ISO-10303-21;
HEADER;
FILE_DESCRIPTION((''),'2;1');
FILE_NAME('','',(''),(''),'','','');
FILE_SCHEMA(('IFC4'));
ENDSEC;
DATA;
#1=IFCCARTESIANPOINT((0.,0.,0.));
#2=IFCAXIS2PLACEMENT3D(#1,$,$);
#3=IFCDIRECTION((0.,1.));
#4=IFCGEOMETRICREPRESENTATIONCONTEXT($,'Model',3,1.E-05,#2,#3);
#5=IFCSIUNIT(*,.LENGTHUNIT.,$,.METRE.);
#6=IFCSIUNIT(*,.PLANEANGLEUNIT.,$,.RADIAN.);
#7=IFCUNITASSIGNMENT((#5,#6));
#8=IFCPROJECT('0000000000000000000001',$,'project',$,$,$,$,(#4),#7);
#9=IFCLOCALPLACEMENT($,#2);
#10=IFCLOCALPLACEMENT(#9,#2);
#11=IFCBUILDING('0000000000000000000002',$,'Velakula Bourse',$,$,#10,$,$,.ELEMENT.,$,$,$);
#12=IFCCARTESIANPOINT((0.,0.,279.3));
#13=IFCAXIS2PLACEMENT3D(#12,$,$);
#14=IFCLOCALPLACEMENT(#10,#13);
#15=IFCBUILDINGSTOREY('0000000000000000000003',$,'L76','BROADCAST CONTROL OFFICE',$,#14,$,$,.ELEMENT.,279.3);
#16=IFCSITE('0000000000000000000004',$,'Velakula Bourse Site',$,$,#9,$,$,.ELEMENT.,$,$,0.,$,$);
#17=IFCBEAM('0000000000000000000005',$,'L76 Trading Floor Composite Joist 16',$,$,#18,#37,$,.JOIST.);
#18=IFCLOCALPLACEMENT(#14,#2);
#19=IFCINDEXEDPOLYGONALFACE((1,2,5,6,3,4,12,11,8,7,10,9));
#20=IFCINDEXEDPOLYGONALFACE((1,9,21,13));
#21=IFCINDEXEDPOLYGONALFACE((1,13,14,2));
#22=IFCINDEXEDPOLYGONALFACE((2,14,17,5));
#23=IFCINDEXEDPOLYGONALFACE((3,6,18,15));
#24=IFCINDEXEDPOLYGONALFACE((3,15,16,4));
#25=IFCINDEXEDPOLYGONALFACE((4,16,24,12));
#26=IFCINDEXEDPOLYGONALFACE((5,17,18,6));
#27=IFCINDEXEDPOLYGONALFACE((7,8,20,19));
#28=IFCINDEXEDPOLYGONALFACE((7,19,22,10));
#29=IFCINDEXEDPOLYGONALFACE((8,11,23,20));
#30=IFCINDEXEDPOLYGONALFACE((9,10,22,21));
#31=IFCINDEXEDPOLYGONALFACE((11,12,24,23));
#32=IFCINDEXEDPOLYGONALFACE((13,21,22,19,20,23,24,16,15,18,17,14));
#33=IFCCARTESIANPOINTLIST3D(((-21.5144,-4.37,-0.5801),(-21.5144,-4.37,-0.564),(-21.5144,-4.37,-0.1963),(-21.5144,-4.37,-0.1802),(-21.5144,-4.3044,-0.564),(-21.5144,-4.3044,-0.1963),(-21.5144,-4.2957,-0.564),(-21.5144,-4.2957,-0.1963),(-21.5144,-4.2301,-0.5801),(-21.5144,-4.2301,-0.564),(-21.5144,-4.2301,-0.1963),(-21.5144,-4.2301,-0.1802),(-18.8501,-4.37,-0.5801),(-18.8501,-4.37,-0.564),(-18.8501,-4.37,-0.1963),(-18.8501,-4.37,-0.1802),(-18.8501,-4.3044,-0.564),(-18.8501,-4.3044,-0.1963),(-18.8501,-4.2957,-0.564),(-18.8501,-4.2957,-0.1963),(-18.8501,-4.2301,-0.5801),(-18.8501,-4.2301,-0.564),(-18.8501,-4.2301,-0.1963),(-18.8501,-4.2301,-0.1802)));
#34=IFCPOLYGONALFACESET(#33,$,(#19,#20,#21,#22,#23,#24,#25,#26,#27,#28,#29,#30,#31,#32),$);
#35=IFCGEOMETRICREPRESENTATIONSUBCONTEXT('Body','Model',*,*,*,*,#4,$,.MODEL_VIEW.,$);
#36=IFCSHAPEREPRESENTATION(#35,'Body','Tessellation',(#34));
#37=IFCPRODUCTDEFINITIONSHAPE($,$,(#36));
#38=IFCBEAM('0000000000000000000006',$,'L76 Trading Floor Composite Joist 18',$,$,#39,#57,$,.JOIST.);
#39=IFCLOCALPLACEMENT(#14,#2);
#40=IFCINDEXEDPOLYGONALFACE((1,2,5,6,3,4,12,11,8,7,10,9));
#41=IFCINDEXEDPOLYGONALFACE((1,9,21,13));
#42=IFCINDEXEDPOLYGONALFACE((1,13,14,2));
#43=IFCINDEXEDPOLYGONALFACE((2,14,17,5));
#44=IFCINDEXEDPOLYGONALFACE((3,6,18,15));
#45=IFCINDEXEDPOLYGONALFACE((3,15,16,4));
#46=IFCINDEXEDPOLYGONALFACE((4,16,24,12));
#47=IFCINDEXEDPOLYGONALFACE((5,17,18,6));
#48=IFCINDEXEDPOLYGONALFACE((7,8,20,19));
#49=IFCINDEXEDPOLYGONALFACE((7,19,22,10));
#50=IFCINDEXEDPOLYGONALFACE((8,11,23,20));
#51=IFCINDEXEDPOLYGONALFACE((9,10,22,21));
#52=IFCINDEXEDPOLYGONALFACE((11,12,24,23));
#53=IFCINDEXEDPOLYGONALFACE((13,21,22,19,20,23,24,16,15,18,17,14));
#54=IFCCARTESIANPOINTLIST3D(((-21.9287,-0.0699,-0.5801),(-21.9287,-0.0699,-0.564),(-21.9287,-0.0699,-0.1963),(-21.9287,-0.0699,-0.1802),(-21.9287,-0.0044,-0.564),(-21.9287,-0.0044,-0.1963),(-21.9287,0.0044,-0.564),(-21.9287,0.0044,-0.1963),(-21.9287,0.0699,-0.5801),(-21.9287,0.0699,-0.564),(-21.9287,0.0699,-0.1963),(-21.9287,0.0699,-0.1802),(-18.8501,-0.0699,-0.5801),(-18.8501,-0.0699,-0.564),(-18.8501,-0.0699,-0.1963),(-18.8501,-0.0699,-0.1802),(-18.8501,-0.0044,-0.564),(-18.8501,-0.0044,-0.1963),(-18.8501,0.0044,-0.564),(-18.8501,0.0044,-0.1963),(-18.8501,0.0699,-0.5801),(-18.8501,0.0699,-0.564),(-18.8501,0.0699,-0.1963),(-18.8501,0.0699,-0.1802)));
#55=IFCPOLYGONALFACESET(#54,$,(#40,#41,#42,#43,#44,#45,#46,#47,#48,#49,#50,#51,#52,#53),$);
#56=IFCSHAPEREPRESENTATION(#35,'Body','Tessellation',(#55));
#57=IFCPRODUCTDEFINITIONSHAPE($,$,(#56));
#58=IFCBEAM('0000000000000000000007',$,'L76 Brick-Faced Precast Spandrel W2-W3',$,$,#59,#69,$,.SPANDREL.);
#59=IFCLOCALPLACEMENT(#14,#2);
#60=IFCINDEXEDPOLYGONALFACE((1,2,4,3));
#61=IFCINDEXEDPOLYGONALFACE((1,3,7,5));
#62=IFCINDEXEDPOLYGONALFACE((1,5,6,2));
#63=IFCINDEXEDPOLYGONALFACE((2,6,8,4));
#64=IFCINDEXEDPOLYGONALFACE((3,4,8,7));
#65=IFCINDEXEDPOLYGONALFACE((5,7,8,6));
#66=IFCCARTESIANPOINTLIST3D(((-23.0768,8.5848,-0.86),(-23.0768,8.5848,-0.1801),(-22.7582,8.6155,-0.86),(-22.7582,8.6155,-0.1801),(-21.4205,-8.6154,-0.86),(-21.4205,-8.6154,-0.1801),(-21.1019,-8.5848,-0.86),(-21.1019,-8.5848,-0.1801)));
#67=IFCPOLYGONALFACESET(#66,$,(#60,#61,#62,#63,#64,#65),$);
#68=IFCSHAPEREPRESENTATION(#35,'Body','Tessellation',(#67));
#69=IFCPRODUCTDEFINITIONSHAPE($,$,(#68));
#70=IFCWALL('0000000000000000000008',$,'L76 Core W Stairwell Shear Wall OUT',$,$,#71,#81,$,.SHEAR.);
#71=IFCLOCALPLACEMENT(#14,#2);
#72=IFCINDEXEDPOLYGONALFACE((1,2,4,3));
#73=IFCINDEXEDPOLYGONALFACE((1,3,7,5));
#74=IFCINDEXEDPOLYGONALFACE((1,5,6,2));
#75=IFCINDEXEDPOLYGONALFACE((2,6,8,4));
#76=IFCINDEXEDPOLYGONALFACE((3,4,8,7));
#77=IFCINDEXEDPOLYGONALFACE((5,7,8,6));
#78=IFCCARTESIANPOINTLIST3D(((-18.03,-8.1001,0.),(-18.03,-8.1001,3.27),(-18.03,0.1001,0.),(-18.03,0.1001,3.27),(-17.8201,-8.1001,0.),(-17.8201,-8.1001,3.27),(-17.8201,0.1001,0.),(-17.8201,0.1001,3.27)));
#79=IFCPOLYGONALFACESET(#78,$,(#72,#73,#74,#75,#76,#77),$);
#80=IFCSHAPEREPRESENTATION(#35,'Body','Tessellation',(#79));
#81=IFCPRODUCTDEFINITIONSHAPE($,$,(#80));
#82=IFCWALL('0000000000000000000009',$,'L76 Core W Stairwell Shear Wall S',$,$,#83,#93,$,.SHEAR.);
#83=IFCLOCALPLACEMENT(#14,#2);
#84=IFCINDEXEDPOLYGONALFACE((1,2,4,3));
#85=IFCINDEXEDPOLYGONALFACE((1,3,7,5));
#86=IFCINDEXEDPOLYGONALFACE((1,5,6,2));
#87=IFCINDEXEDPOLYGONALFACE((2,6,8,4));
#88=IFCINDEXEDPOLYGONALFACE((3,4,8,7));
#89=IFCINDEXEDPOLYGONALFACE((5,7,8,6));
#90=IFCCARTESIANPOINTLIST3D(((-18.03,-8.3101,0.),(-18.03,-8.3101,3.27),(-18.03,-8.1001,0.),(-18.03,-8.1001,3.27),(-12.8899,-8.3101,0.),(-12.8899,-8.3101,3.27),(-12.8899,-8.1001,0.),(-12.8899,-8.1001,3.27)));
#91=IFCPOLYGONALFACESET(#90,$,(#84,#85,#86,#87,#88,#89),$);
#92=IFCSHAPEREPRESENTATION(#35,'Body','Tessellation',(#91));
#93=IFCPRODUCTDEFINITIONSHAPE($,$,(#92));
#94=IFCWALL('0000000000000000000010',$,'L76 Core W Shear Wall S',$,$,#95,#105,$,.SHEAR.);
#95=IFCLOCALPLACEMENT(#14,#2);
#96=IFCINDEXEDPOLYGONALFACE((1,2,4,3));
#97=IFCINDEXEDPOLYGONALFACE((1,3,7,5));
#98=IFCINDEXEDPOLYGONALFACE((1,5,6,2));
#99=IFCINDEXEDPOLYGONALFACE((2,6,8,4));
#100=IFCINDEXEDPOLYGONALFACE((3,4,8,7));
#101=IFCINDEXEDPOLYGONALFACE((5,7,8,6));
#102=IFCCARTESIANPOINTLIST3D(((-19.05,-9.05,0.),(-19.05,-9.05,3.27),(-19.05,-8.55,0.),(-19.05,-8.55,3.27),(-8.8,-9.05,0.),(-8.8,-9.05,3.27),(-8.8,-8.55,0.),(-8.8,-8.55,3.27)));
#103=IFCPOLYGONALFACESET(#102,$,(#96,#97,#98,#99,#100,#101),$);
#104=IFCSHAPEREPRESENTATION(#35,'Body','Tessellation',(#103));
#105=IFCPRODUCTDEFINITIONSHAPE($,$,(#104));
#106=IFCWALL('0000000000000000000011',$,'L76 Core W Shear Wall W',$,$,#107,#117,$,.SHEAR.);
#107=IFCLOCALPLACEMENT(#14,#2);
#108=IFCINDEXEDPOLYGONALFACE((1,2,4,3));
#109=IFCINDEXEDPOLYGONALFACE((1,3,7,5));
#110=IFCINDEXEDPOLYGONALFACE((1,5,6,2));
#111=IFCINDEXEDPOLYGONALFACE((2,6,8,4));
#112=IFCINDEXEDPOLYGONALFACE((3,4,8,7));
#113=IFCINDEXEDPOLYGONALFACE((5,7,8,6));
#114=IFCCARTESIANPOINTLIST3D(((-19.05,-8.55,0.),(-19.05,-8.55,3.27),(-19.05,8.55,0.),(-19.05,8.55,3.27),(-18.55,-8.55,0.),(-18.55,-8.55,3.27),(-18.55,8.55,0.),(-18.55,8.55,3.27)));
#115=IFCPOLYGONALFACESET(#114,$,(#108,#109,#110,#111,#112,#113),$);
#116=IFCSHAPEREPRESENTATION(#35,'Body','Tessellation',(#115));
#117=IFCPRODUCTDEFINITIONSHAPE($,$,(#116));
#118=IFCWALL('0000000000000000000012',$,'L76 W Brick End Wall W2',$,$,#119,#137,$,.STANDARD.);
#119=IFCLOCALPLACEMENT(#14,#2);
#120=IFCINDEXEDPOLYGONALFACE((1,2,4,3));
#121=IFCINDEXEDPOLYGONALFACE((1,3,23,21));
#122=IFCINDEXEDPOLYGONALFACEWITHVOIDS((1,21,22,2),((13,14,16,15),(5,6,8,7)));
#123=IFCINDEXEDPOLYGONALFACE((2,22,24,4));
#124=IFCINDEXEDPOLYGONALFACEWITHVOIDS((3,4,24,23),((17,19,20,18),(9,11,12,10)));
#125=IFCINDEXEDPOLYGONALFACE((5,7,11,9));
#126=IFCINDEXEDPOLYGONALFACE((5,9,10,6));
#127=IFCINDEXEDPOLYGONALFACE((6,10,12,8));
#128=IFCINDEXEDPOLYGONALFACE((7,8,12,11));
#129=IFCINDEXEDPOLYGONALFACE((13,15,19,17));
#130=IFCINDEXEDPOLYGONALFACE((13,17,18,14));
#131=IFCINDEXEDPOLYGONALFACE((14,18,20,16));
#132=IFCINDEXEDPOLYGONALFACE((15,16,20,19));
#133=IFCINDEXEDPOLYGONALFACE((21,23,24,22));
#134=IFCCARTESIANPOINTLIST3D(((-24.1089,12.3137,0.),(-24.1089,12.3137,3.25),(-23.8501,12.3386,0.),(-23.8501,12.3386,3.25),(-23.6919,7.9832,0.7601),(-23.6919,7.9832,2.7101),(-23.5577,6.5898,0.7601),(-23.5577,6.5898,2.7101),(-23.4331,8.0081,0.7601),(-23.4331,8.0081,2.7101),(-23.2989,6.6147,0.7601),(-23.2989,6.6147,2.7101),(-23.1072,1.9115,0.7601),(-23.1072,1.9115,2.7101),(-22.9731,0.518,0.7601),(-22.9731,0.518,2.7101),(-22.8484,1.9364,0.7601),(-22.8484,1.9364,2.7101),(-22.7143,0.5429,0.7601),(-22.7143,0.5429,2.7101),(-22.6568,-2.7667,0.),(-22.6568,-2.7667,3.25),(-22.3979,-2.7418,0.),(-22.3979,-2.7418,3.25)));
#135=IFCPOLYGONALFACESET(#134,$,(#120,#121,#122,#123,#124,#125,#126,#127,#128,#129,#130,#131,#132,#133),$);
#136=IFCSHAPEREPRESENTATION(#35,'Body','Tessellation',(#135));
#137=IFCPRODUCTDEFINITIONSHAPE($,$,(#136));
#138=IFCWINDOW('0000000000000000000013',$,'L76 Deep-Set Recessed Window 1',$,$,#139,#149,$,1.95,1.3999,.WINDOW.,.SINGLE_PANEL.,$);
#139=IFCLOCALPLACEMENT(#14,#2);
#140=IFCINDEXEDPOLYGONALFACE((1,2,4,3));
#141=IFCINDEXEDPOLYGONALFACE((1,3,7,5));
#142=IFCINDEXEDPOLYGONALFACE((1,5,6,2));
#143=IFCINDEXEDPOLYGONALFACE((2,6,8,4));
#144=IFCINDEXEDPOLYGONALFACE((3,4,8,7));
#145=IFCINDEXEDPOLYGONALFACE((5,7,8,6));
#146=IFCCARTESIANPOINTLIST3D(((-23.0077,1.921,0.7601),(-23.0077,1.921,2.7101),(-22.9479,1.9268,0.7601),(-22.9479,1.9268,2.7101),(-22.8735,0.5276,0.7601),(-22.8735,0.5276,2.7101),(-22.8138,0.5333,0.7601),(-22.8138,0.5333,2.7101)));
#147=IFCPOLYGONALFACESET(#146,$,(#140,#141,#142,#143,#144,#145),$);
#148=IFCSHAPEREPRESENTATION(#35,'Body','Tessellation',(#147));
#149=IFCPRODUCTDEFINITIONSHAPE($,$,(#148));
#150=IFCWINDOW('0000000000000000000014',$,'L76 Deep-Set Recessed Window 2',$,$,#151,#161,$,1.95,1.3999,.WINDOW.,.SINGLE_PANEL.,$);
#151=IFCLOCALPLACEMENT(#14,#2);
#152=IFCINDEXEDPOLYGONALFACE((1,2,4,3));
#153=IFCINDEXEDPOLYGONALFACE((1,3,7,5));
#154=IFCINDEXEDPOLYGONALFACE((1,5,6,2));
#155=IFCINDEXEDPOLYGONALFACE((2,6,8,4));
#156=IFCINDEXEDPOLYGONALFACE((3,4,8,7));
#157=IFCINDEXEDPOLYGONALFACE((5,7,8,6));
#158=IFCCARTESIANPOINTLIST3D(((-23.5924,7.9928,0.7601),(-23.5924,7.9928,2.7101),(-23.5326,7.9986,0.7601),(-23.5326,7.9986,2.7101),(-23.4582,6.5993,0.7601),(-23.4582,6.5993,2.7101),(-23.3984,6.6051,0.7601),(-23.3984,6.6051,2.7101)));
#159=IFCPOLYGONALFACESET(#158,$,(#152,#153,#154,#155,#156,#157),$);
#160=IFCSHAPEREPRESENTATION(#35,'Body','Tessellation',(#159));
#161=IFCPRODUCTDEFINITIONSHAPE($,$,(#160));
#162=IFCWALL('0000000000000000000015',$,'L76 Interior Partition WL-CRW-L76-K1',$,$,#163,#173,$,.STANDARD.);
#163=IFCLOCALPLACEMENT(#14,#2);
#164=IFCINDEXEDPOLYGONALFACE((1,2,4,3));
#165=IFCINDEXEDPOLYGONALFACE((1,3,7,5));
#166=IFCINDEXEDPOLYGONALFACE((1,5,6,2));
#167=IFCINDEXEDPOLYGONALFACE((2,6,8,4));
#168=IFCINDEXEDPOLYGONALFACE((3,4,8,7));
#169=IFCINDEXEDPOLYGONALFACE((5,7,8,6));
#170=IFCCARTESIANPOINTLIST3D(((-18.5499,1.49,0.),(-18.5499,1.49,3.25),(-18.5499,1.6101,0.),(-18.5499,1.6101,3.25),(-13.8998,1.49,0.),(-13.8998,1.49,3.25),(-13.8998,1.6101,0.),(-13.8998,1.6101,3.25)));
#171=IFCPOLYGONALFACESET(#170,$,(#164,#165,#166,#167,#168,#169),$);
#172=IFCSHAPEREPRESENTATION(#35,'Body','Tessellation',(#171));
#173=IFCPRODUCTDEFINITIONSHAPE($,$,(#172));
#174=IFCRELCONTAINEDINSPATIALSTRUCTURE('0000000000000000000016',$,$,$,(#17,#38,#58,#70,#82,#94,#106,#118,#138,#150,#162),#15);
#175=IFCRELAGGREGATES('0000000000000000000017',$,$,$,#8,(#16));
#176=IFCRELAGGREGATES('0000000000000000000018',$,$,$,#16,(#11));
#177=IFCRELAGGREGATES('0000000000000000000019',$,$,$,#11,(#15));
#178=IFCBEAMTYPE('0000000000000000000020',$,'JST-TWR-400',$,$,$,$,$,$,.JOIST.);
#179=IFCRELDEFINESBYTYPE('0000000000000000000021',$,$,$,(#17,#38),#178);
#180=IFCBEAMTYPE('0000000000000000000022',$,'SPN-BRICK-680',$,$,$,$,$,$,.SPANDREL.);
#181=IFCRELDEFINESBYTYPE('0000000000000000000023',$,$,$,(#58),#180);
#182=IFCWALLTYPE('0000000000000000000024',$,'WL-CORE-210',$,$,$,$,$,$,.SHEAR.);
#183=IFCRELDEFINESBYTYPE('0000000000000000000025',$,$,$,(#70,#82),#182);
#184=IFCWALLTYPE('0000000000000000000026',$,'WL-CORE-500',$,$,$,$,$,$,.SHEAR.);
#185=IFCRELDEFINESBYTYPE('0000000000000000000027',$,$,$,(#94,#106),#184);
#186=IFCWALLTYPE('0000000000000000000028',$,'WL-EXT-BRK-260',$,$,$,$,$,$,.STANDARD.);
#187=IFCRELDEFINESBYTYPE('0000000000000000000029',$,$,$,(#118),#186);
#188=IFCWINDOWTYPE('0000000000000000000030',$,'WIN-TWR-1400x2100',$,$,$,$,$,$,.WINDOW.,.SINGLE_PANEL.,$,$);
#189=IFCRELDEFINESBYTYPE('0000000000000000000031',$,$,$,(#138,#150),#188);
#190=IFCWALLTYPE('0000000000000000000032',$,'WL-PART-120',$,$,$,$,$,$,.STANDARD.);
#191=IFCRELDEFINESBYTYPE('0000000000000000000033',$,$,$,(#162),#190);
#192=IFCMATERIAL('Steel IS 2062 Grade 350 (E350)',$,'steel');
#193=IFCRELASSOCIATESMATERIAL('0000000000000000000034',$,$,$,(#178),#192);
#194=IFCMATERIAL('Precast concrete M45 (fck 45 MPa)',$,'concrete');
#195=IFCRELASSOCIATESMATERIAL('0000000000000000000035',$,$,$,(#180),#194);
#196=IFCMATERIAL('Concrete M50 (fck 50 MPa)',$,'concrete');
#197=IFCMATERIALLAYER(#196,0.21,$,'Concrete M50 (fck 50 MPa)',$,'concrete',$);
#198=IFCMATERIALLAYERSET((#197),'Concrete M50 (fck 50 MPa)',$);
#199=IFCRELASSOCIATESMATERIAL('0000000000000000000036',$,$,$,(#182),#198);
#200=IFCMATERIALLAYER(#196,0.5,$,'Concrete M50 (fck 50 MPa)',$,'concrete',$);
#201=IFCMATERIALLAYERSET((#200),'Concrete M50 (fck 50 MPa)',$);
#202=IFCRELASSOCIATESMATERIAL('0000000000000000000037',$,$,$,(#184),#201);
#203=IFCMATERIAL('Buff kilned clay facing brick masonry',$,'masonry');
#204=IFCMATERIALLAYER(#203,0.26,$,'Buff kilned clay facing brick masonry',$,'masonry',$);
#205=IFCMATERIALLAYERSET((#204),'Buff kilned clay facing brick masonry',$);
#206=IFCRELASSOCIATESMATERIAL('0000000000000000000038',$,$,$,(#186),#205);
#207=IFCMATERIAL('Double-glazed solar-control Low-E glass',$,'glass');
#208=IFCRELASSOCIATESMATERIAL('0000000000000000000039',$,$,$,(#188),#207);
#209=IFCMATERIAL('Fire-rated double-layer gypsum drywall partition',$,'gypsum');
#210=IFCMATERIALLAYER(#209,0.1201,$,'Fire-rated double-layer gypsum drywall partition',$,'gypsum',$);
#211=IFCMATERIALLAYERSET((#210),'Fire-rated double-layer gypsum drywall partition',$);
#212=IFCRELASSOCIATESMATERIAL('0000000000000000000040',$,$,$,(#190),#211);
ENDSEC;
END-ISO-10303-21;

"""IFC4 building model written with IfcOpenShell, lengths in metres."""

from ifc_helpers import new_model, si_unit, direction, frame, frame_2d, origin, origin_2d, place, context, subcontext, project, spatial, rectangle, i_section, extrude, material, layer, layer_set, material_profile, profile_set, type_object, element, fill, save


model = new_model("IFC4")

# Units and contexts
model_context = context("Model", 3, precision=1e-05, world=origin(), true_north=direction((0.0, 1.0)))
body_context = subcontext(model_context, "Body", "Model", "MODEL_VIEW")
ifc_project = project(units=[si_unit("LENGTHUNIT", "METRE"), si_unit("PLANEANGLEUNIT", "RADIAN")], contexts=[model_context])

# Site, building, storey
site_placement = place(None, origin())
site = spatial("IfcSite", under=ifc_project, at=site_placement, Name="Velakula Bourse Site", CompositionType="ELEMENT", RefElevation=0.0)
building_placement = place(site_placement, origin())
building = spatial("IfcBuilding", under=site, at=building_placement, Name="Velakula Bourse", CompositionType="ELEMENT")
storey_placement = place(building_placement, frame((0.0, 0.0, 279.3)))
storey = spatial("IfcBuildingStorey", under=building, at=storey_placement, Name="L76", Description="BROADCAST CONTROL OFFICE", CompositionType="ELEMENT", Elevation=279.3)

# Shared definitions
ifc_material_1 = material(Name="Concrete M50 (fck 50 MPa)", Category="concrete")
ifc_material_2 = material(Name="Steel IS 2062 Grade 350 (E350)", Category="steel")

# Beams
ifc_material_profile_1 = material_profile(ifc_material_2, i_section(OverallWidth=0.1399, OverallDepth=0.3999, WebThickness=0.0088, FlangeThickness=0.0161, at=origin_2d()), Name="Steel IS 2062 Grade 350 (E350)")
ifc_profile_set_1 = profile_set([ifc_material_profile_1], Name="Steel IS 2062 Grade 350 (E350)")
beam_type_1 = type_object("IfcBeamType", Name="JST-TWR-400", PredefinedType="JOIST", material=ifc_profile_set_1)
beam_1_placement = place(storey_placement, frame((-21.5144, -4.3, -0.3801), z_axis=(1.0, 0.0, 0.0), x_axis=(0.0, 1.0, 0.0)))
element("IfcBeam", 1, at=beam_1_placement, inside=storey, type_object=beam_type_1, Name="L76 Trading Floor Composite Joist 16", PredefinedType="JOIST", context=body_context, shape_type="SweptSolid", body=[
    extrude(i_section(OverallWidth=0.1399, OverallDepth=0.3999, WebThickness=0.0088, FlangeThickness=0.0161, at=origin_2d()), origin(), (0.0, 0.0, 1.0), 2.6643),
])
beam_2_placement = place(storey_placement, frame((-21.9287, 0.0, -0.3801), z_axis=(1.0, 0.0, 0.0), x_axis=(0.0, 1.0, 0.0)))
element("IfcBeam", 2, at=beam_2_placement, inside=storey, type_object=beam_type_1, Name="L76 Trading Floor Composite Joist 18", PredefinedType="JOIST", context=body_context, shape_type="SweptSolid", body=[
    extrude(i_section(OverallWidth=0.1399, OverallDepth=0.3999, WebThickness=0.0088, FlangeThickness=0.0161, at=origin_2d()), origin(), (0.0, 0.0, 1.0), 3.0786),
])
ifc_material_3 = material(Name="Precast concrete M45 (fck 45 MPa)", Category="concrete")
ifc_material_profile_2 = material_profile(ifc_material_3, rectangle(XDim=0.3201, YDim=0.6799, at=origin_2d()), Name="Precast concrete M45 (fck 45 MPa)")
ifc_profile_set_2 = profile_set([ifc_material_profile_2], Name="Precast concrete M45 (fck 45 MPa)")
beam_type_2 = type_object("IfcBeamType", Name="SPN-BRICK-680", PredefinedType="SPANDREL", material=ifc_profile_set_2)
beam_3_placement = place(storey_placement, frame((-21.2612, -8.6001, -0.52), z_axis=(-0.095849, 0.995396, 0.0), x_axis=(-0.995396, -0.095849, 0.0)))
element("IfcBeam", 3, at=beam_3_placement, inside=storey, type_object=beam_type_2, Name="L76 Brick-Faced Precast Spandrel W2-W3", PredefinedType="SPANDREL", context=body_context, shape_type="SweptSolid", body=[
    extrude(rectangle(XDim=0.3201, YDim=0.6799, at=origin_2d()), origin(), (0.0, 0.0, 1.0), 17.2798),
])

# Walls
ifc_layer_1 = layer(ifc_material_1, 0.21, Name="Concrete M50 (fck 50 MPa)", Category="concrete")
ifc_layer_set_1 = layer_set([ifc_layer_1], Name="Concrete M50 (fck 50 MPa)")
wall_type_1 = type_object("IfcWallType", Name="WL-CORE-210", PredefinedType="SHEAR", material=ifc_layer_set_1)
wall_1_placement = place(storey_placement, frame((-17.925, -8.1001, 0.0), z_axis=(0.0, 0.0, 1.0), x_axis=(0.0, 1.0, 0.0)))
element("IfcWall", 4, at=wall_1_placement, inside=storey, type_object=wall_type_1, Name="L76 Core W Stairwell Shear Wall OUT", PredefinedType="SHEAR", context=body_context, shape_type="SweptSolid", body=[
    extrude(rectangle(XDim=8.2002, YDim=0.21, at=frame_2d((4.1001, 0.0))), origin(), (0.0, 0.0, 1.0), 3.27),
])
wall_2_placement = place(storey_placement, frame((-18.03, -8.2051, 0.0), z_axis=(0.0, 0.0, 1.0), x_axis=(1.0, 0.0, 0.0)))
element("IfcWall", 5, at=wall_2_placement, inside=storey, type_object=wall_type_1, Name="L76 Core W Stairwell Shear Wall S", PredefinedType="SHEAR", context=body_context, shape_type="SweptSolid", body=[
    extrude(rectangle(XDim=5.1401, YDim=0.21, at=frame_2d((2.5701, 0.0))), origin(), (0.0, 0.0, 1.0), 3.27),
])
ifc_layer_2 = layer(ifc_material_1, 0.5, Name="Concrete M50 (fck 50 MPa)", Category="concrete")
ifc_layer_set_2 = layer_set([ifc_layer_2], Name="Concrete M50 (fck 50 MPa)")
wall_type_2 = type_object("IfcWallType", Name="WL-CORE-500", PredefinedType="SHEAR", material=ifc_layer_set_2)
wall_3_placement = place(storey_placement, frame((-19.05, -8.8, 0.0), z_axis=(0.0, 0.0, 1.0), x_axis=(1.0, 0.0, 0.0)))
element("IfcWall", 6, at=wall_3_placement, inside=storey, type_object=wall_type_2, Name="L76 Core W Shear Wall S", PredefinedType="SHEAR", context=body_context, shape_type="SweptSolid", body=[
    extrude(rectangle(XDim=10.25, YDim=0.5, at=frame_2d((5.125, 0.0))), origin(), (0.0, 0.0, 1.0), 3.27),
])
wall_4_placement = place(storey_placement, frame((-18.8, -8.55, 0.0), z_axis=(0.0, 0.0, 1.0), x_axis=(0.0, 1.0, 0.0)))
element("IfcWall", 7, at=wall_4_placement, inside=storey, type_object=wall_type_2, Name="L76 Core W Shear Wall W", PredefinedType="SHEAR", context=body_context, shape_type="SweptSolid", body=[
    extrude(rectangle(XDim=17.1001, YDim=0.5, at=frame_2d((8.55, 0.0))), origin(), (0.0, 0.0, 1.0), 3.27),
])

# Wall, openings, windows
ifc_material_4 = material(Name="Buff kilned clay facing brick masonry", Category="masonry")
ifc_layer_3 = layer(ifc_material_4, 0.26, Name="Buff kilned clay facing brick masonry", Category="masonry")
ifc_layer_set_3 = layer_set([ifc_layer_3], Name="Buff kilned clay facing brick masonry")
wall_type_3 = type_object("IfcWallType", Name="WL-EXT-BRK-260", PredefinedType="STANDARD", material=ifc_layer_set_3)
wall_5_placement = place(storey_placement, frame((-22.5273, -2.7544, 0.0), z_axis=(0.0, 0.0, 1.0), x_axis=(-0.095851, 0.995396, 0.0)))
wall_5 = element("IfcWall", 8, at=wall_5_placement, inside=storey, type_object=wall_type_3, Name="L76 W Brick End Wall W2", PredefinedType="STANDARD", context=body_context, shape_type="SweptSolid", body=[
    extrude(rectangle(XDim=15.1501, YDim=0.26, at=frame_2d((7.5752, 0.0))), origin(), (0.0, 0.0, 1.0), 3.25),
])
opening_1_placement = place(wall_5_placement, frame((3.3, 0.0, 0.76)))
opening_1 = element("IfcOpeningElement", 9, at=opening_1_placement, cuts=wall_5, PredefinedType="OPENING", context=body_context, shape_type="SweptSolid", body=[
    extrude(rectangle(XDim=1.3999, YDim=1.95, at=frame_2d((0.7, 0.9751))), frame((0.0, 0.1399, 0.0), z_axis=(0.0, -1.0, 0.0), x_axis=(1.0, 0.0, 0.0)), (0.0, 0.0, 1.0), 0.28),
])
opening_2_placement = place(wall_5_placement, frame((9.3999, 0.0, 0.76)))
opening_2 = element("IfcOpeningElement", 10, at=opening_2_placement, cuts=wall_5, PredefinedType="OPENING", context=body_context, shape_type="SweptSolid", body=[
    extrude(rectangle(XDim=1.3999, YDim=1.95, at=frame_2d((0.7, 0.9751))), frame((0.0, 0.1399, 0.0), z_axis=(0.0, -1.0, 0.0), x_axis=(1.0, 0.0, 0.0)), (0.0, 0.0, 1.0), 0.28),
])
ifc_material_5 = material(Name="Double-glazed solar-control Low-E glass", Category="glass")
window_type = type_object("IfcWindowType", Name="WIN-TWR-1400x2100", PartitioningType="SINGLE_PANEL", PredefinedType="WINDOW", material=ifc_material_5)
window_1_placement = place(opening_1_placement, origin())
window_1 = element("IfcWindow", 11, at=window_1_placement, inside=storey, type_object=window_type, Name="L76 Deep-Set Recessed Window 1", OverallHeight=1.95, OverallWidth=1.3999, PartitioningType="SINGLE_PANEL", PredefinedType="WINDOW", context=body_context, shape_type="SweptSolid", body=[
    extrude(rectangle(XDim=1.3999, YDim=1.95, at=frame_2d((0.7, 0.9751))), frame((0.0, 0.03, 0.0), z_axis=(0.0, -1.0, 0.0), x_axis=(1.0, 0.0, 0.0)), (0.0, 0.0, 1.0), 0.0601),
])
fill(opening_1, window_1)
window_2_placement = place(opening_2_placement, origin())
window_2 = element("IfcWindow", 12, at=window_2_placement, inside=storey, type_object=window_type, Name="L76 Deep-Set Recessed Window 2", OverallHeight=1.95, OverallWidth=1.3999, PartitioningType="SINGLE_PANEL", PredefinedType="WINDOW", context=body_context, shape_type="SweptSolid", body=[
    extrude(rectangle(XDim=1.3999, YDim=1.95, at=frame_2d((0.7, 0.9751))), frame((0.0, 0.03, 0.0), z_axis=(0.0, -1.0, 0.0), x_axis=(1.0, 0.0, 0.0)), (0.0, 0.0, 1.0), 0.0601),
])
fill(opening_2, window_2)

# Wall
ifc_material_6 = material(Name="Fire-rated double-layer gypsum drywall partition", Category="gypsum")
ifc_layer_4 = layer(ifc_material_6, 0.1201, Name="Fire-rated double-layer gypsum drywall partition", Category="gypsum")
ifc_layer_set_4 = layer_set([ifc_layer_4], Name="Fire-rated double-layer gypsum drywall partition")
wall_type_4 = type_object("IfcWallType", Name="WL-PART-120", PredefinedType="STANDARD", material=ifc_layer_set_4)
wall_6_placement = place(storey_placement, frame((-18.55, 1.55, 0.0), z_axis=(0.0, 0.0, 1.0), x_axis=(1.0, 0.0, 0.0)))
element("IfcWall", 13, at=wall_6_placement, inside=storey, type_object=wall_type_4, Name="L76 Interior Partition WL-CRW-L76-K1", PredefinedType="STANDARD", context=body_context, shape_type="SweptSolid", body=[
    extrude(rectangle(XDim=4.6501, YDim=0.1201, at=frame_2d((2.3252, 0.0))), origin(), (0.0, 0.0, 1.0), 3.25),
])

save(model, "model.ifc")
